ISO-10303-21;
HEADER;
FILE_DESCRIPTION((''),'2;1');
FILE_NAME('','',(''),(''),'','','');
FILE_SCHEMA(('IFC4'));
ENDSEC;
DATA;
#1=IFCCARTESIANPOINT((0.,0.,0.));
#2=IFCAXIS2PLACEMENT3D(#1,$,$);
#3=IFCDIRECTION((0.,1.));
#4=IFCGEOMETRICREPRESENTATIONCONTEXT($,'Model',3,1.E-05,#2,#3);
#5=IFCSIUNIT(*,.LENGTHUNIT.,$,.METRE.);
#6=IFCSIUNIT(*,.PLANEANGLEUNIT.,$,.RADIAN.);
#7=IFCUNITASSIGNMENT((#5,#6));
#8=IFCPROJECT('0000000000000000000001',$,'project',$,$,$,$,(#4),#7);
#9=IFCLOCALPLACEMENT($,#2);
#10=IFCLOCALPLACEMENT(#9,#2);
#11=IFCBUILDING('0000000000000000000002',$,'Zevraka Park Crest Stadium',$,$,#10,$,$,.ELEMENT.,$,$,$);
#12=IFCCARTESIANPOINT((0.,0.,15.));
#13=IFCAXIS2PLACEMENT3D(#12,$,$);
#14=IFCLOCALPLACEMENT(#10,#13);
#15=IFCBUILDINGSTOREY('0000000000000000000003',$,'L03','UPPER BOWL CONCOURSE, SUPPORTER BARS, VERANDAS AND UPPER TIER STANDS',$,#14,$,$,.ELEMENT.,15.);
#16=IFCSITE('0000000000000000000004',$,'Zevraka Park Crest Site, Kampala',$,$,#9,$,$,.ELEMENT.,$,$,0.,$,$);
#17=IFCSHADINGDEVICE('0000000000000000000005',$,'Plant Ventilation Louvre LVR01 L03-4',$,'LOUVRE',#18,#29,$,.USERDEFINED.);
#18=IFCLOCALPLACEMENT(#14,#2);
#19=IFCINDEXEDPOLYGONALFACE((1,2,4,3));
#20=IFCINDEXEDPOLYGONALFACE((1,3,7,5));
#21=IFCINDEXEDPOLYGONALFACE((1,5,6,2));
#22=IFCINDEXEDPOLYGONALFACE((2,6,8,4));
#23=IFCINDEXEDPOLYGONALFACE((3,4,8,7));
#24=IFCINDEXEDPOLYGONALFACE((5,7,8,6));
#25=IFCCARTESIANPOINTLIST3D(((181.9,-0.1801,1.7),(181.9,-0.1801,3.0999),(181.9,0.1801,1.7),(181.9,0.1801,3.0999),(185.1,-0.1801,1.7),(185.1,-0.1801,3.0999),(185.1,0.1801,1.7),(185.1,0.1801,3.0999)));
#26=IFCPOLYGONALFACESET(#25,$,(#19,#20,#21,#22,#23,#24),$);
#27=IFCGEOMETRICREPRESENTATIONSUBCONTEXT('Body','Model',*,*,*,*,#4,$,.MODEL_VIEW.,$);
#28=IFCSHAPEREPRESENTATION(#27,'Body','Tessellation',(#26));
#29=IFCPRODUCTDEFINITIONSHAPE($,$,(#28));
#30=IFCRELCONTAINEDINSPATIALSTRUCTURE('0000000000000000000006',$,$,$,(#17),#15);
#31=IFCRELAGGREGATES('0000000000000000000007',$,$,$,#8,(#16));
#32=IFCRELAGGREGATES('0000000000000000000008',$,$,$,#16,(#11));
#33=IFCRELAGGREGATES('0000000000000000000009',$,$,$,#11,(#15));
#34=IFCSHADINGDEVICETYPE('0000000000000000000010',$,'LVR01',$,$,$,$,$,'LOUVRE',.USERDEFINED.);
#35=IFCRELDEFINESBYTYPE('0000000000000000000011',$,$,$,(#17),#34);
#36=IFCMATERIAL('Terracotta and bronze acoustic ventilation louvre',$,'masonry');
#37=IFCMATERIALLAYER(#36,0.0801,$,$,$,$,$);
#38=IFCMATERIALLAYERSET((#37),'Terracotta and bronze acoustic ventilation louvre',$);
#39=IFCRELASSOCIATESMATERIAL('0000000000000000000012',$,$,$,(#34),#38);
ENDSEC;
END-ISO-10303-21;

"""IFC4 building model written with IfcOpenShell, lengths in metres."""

from ifc_helpers import new_model, si_unit, direction, frame, origin, origin_2d, place, context, subcontext, project, spatial, rectangle, extrude, material, layer, layer_set, type_object, element, save


model = new_model("IFC4")

# Units and contexts
model_context = context("Model", 3, precision=1e-05, world=origin(), true_north=direction((0.0, 1.0)))
body_context = subcontext(model_context, "Body", "Model", "MODEL_VIEW")
ifc_project = project(units=[si_unit("LENGTHUNIT", "METRE"), si_unit("PLANEANGLEUNIT", "RADIAN")], contexts=[model_context])

# Site, building, storey
site_placement = place(None, origin())
site = spatial("IfcSite", under=ifc_project, at=site_placement, Name="Zevraka Park Crest Site, Kampala", CompositionType="ELEMENT", RefElevation=0.0)
building_placement = place(site_placement, origin())
building = spatial("IfcBuilding", under=site, at=building_placement, Name="Zevraka Park Crest Stadium", CompositionType="ELEMENT")
storey_placement = place(building_placement, frame((0.0, 0.0, 15.0)))
storey = spatial("IfcBuildingStorey", under=building, at=storey_placement, Name="L03", Description="UPPER BOWL CONCOURSE, SUPPORTER BARS, VERANDAS AND UPPER TIER STANDS", CompositionType="ELEMENT", Elevation=15.0)

# Shading device
ifc_material_1 = material(Name="Terracotta and bronze acoustic ventilation louvre", Category="masonry")
ifc_layer_1 = layer(ifc_material_1, 0.0801)
ifc_layer_set_1 = layer_set([ifc_layer_1], Name="Terracotta and bronze acoustic ventilation louvre")
shading_device_type = type_object("IfcShadingDeviceType", Name="LVR01", ElementType="LOUVRE", PredefinedType="USERDEFINED", material=ifc_layer_set_1)
shading_device_placement = place(storey_placement, frame((183.5, 0.0, 1.7), z_axis=(0.0, 0.0, 1.0), x_axis=(-1.0, 0.0, 0.0)))
element("IfcShadingDevice", 1, at=shading_device_placement, inside=storey, type_object=shading_device_type, Name="Plant Ventilation Louvre LVR01 L03-4", ObjectType="LOUVRE", PredefinedType="USERDEFINED", context=body_context, shape_type="SweptSolid", body=[
    extrude(rectangle(XDim=3.2, YDim=0.3601, at=origin_2d()), origin(), (0.0, 0.0, 1.0), 1.3999),
])

save(model, "model.ifc")
